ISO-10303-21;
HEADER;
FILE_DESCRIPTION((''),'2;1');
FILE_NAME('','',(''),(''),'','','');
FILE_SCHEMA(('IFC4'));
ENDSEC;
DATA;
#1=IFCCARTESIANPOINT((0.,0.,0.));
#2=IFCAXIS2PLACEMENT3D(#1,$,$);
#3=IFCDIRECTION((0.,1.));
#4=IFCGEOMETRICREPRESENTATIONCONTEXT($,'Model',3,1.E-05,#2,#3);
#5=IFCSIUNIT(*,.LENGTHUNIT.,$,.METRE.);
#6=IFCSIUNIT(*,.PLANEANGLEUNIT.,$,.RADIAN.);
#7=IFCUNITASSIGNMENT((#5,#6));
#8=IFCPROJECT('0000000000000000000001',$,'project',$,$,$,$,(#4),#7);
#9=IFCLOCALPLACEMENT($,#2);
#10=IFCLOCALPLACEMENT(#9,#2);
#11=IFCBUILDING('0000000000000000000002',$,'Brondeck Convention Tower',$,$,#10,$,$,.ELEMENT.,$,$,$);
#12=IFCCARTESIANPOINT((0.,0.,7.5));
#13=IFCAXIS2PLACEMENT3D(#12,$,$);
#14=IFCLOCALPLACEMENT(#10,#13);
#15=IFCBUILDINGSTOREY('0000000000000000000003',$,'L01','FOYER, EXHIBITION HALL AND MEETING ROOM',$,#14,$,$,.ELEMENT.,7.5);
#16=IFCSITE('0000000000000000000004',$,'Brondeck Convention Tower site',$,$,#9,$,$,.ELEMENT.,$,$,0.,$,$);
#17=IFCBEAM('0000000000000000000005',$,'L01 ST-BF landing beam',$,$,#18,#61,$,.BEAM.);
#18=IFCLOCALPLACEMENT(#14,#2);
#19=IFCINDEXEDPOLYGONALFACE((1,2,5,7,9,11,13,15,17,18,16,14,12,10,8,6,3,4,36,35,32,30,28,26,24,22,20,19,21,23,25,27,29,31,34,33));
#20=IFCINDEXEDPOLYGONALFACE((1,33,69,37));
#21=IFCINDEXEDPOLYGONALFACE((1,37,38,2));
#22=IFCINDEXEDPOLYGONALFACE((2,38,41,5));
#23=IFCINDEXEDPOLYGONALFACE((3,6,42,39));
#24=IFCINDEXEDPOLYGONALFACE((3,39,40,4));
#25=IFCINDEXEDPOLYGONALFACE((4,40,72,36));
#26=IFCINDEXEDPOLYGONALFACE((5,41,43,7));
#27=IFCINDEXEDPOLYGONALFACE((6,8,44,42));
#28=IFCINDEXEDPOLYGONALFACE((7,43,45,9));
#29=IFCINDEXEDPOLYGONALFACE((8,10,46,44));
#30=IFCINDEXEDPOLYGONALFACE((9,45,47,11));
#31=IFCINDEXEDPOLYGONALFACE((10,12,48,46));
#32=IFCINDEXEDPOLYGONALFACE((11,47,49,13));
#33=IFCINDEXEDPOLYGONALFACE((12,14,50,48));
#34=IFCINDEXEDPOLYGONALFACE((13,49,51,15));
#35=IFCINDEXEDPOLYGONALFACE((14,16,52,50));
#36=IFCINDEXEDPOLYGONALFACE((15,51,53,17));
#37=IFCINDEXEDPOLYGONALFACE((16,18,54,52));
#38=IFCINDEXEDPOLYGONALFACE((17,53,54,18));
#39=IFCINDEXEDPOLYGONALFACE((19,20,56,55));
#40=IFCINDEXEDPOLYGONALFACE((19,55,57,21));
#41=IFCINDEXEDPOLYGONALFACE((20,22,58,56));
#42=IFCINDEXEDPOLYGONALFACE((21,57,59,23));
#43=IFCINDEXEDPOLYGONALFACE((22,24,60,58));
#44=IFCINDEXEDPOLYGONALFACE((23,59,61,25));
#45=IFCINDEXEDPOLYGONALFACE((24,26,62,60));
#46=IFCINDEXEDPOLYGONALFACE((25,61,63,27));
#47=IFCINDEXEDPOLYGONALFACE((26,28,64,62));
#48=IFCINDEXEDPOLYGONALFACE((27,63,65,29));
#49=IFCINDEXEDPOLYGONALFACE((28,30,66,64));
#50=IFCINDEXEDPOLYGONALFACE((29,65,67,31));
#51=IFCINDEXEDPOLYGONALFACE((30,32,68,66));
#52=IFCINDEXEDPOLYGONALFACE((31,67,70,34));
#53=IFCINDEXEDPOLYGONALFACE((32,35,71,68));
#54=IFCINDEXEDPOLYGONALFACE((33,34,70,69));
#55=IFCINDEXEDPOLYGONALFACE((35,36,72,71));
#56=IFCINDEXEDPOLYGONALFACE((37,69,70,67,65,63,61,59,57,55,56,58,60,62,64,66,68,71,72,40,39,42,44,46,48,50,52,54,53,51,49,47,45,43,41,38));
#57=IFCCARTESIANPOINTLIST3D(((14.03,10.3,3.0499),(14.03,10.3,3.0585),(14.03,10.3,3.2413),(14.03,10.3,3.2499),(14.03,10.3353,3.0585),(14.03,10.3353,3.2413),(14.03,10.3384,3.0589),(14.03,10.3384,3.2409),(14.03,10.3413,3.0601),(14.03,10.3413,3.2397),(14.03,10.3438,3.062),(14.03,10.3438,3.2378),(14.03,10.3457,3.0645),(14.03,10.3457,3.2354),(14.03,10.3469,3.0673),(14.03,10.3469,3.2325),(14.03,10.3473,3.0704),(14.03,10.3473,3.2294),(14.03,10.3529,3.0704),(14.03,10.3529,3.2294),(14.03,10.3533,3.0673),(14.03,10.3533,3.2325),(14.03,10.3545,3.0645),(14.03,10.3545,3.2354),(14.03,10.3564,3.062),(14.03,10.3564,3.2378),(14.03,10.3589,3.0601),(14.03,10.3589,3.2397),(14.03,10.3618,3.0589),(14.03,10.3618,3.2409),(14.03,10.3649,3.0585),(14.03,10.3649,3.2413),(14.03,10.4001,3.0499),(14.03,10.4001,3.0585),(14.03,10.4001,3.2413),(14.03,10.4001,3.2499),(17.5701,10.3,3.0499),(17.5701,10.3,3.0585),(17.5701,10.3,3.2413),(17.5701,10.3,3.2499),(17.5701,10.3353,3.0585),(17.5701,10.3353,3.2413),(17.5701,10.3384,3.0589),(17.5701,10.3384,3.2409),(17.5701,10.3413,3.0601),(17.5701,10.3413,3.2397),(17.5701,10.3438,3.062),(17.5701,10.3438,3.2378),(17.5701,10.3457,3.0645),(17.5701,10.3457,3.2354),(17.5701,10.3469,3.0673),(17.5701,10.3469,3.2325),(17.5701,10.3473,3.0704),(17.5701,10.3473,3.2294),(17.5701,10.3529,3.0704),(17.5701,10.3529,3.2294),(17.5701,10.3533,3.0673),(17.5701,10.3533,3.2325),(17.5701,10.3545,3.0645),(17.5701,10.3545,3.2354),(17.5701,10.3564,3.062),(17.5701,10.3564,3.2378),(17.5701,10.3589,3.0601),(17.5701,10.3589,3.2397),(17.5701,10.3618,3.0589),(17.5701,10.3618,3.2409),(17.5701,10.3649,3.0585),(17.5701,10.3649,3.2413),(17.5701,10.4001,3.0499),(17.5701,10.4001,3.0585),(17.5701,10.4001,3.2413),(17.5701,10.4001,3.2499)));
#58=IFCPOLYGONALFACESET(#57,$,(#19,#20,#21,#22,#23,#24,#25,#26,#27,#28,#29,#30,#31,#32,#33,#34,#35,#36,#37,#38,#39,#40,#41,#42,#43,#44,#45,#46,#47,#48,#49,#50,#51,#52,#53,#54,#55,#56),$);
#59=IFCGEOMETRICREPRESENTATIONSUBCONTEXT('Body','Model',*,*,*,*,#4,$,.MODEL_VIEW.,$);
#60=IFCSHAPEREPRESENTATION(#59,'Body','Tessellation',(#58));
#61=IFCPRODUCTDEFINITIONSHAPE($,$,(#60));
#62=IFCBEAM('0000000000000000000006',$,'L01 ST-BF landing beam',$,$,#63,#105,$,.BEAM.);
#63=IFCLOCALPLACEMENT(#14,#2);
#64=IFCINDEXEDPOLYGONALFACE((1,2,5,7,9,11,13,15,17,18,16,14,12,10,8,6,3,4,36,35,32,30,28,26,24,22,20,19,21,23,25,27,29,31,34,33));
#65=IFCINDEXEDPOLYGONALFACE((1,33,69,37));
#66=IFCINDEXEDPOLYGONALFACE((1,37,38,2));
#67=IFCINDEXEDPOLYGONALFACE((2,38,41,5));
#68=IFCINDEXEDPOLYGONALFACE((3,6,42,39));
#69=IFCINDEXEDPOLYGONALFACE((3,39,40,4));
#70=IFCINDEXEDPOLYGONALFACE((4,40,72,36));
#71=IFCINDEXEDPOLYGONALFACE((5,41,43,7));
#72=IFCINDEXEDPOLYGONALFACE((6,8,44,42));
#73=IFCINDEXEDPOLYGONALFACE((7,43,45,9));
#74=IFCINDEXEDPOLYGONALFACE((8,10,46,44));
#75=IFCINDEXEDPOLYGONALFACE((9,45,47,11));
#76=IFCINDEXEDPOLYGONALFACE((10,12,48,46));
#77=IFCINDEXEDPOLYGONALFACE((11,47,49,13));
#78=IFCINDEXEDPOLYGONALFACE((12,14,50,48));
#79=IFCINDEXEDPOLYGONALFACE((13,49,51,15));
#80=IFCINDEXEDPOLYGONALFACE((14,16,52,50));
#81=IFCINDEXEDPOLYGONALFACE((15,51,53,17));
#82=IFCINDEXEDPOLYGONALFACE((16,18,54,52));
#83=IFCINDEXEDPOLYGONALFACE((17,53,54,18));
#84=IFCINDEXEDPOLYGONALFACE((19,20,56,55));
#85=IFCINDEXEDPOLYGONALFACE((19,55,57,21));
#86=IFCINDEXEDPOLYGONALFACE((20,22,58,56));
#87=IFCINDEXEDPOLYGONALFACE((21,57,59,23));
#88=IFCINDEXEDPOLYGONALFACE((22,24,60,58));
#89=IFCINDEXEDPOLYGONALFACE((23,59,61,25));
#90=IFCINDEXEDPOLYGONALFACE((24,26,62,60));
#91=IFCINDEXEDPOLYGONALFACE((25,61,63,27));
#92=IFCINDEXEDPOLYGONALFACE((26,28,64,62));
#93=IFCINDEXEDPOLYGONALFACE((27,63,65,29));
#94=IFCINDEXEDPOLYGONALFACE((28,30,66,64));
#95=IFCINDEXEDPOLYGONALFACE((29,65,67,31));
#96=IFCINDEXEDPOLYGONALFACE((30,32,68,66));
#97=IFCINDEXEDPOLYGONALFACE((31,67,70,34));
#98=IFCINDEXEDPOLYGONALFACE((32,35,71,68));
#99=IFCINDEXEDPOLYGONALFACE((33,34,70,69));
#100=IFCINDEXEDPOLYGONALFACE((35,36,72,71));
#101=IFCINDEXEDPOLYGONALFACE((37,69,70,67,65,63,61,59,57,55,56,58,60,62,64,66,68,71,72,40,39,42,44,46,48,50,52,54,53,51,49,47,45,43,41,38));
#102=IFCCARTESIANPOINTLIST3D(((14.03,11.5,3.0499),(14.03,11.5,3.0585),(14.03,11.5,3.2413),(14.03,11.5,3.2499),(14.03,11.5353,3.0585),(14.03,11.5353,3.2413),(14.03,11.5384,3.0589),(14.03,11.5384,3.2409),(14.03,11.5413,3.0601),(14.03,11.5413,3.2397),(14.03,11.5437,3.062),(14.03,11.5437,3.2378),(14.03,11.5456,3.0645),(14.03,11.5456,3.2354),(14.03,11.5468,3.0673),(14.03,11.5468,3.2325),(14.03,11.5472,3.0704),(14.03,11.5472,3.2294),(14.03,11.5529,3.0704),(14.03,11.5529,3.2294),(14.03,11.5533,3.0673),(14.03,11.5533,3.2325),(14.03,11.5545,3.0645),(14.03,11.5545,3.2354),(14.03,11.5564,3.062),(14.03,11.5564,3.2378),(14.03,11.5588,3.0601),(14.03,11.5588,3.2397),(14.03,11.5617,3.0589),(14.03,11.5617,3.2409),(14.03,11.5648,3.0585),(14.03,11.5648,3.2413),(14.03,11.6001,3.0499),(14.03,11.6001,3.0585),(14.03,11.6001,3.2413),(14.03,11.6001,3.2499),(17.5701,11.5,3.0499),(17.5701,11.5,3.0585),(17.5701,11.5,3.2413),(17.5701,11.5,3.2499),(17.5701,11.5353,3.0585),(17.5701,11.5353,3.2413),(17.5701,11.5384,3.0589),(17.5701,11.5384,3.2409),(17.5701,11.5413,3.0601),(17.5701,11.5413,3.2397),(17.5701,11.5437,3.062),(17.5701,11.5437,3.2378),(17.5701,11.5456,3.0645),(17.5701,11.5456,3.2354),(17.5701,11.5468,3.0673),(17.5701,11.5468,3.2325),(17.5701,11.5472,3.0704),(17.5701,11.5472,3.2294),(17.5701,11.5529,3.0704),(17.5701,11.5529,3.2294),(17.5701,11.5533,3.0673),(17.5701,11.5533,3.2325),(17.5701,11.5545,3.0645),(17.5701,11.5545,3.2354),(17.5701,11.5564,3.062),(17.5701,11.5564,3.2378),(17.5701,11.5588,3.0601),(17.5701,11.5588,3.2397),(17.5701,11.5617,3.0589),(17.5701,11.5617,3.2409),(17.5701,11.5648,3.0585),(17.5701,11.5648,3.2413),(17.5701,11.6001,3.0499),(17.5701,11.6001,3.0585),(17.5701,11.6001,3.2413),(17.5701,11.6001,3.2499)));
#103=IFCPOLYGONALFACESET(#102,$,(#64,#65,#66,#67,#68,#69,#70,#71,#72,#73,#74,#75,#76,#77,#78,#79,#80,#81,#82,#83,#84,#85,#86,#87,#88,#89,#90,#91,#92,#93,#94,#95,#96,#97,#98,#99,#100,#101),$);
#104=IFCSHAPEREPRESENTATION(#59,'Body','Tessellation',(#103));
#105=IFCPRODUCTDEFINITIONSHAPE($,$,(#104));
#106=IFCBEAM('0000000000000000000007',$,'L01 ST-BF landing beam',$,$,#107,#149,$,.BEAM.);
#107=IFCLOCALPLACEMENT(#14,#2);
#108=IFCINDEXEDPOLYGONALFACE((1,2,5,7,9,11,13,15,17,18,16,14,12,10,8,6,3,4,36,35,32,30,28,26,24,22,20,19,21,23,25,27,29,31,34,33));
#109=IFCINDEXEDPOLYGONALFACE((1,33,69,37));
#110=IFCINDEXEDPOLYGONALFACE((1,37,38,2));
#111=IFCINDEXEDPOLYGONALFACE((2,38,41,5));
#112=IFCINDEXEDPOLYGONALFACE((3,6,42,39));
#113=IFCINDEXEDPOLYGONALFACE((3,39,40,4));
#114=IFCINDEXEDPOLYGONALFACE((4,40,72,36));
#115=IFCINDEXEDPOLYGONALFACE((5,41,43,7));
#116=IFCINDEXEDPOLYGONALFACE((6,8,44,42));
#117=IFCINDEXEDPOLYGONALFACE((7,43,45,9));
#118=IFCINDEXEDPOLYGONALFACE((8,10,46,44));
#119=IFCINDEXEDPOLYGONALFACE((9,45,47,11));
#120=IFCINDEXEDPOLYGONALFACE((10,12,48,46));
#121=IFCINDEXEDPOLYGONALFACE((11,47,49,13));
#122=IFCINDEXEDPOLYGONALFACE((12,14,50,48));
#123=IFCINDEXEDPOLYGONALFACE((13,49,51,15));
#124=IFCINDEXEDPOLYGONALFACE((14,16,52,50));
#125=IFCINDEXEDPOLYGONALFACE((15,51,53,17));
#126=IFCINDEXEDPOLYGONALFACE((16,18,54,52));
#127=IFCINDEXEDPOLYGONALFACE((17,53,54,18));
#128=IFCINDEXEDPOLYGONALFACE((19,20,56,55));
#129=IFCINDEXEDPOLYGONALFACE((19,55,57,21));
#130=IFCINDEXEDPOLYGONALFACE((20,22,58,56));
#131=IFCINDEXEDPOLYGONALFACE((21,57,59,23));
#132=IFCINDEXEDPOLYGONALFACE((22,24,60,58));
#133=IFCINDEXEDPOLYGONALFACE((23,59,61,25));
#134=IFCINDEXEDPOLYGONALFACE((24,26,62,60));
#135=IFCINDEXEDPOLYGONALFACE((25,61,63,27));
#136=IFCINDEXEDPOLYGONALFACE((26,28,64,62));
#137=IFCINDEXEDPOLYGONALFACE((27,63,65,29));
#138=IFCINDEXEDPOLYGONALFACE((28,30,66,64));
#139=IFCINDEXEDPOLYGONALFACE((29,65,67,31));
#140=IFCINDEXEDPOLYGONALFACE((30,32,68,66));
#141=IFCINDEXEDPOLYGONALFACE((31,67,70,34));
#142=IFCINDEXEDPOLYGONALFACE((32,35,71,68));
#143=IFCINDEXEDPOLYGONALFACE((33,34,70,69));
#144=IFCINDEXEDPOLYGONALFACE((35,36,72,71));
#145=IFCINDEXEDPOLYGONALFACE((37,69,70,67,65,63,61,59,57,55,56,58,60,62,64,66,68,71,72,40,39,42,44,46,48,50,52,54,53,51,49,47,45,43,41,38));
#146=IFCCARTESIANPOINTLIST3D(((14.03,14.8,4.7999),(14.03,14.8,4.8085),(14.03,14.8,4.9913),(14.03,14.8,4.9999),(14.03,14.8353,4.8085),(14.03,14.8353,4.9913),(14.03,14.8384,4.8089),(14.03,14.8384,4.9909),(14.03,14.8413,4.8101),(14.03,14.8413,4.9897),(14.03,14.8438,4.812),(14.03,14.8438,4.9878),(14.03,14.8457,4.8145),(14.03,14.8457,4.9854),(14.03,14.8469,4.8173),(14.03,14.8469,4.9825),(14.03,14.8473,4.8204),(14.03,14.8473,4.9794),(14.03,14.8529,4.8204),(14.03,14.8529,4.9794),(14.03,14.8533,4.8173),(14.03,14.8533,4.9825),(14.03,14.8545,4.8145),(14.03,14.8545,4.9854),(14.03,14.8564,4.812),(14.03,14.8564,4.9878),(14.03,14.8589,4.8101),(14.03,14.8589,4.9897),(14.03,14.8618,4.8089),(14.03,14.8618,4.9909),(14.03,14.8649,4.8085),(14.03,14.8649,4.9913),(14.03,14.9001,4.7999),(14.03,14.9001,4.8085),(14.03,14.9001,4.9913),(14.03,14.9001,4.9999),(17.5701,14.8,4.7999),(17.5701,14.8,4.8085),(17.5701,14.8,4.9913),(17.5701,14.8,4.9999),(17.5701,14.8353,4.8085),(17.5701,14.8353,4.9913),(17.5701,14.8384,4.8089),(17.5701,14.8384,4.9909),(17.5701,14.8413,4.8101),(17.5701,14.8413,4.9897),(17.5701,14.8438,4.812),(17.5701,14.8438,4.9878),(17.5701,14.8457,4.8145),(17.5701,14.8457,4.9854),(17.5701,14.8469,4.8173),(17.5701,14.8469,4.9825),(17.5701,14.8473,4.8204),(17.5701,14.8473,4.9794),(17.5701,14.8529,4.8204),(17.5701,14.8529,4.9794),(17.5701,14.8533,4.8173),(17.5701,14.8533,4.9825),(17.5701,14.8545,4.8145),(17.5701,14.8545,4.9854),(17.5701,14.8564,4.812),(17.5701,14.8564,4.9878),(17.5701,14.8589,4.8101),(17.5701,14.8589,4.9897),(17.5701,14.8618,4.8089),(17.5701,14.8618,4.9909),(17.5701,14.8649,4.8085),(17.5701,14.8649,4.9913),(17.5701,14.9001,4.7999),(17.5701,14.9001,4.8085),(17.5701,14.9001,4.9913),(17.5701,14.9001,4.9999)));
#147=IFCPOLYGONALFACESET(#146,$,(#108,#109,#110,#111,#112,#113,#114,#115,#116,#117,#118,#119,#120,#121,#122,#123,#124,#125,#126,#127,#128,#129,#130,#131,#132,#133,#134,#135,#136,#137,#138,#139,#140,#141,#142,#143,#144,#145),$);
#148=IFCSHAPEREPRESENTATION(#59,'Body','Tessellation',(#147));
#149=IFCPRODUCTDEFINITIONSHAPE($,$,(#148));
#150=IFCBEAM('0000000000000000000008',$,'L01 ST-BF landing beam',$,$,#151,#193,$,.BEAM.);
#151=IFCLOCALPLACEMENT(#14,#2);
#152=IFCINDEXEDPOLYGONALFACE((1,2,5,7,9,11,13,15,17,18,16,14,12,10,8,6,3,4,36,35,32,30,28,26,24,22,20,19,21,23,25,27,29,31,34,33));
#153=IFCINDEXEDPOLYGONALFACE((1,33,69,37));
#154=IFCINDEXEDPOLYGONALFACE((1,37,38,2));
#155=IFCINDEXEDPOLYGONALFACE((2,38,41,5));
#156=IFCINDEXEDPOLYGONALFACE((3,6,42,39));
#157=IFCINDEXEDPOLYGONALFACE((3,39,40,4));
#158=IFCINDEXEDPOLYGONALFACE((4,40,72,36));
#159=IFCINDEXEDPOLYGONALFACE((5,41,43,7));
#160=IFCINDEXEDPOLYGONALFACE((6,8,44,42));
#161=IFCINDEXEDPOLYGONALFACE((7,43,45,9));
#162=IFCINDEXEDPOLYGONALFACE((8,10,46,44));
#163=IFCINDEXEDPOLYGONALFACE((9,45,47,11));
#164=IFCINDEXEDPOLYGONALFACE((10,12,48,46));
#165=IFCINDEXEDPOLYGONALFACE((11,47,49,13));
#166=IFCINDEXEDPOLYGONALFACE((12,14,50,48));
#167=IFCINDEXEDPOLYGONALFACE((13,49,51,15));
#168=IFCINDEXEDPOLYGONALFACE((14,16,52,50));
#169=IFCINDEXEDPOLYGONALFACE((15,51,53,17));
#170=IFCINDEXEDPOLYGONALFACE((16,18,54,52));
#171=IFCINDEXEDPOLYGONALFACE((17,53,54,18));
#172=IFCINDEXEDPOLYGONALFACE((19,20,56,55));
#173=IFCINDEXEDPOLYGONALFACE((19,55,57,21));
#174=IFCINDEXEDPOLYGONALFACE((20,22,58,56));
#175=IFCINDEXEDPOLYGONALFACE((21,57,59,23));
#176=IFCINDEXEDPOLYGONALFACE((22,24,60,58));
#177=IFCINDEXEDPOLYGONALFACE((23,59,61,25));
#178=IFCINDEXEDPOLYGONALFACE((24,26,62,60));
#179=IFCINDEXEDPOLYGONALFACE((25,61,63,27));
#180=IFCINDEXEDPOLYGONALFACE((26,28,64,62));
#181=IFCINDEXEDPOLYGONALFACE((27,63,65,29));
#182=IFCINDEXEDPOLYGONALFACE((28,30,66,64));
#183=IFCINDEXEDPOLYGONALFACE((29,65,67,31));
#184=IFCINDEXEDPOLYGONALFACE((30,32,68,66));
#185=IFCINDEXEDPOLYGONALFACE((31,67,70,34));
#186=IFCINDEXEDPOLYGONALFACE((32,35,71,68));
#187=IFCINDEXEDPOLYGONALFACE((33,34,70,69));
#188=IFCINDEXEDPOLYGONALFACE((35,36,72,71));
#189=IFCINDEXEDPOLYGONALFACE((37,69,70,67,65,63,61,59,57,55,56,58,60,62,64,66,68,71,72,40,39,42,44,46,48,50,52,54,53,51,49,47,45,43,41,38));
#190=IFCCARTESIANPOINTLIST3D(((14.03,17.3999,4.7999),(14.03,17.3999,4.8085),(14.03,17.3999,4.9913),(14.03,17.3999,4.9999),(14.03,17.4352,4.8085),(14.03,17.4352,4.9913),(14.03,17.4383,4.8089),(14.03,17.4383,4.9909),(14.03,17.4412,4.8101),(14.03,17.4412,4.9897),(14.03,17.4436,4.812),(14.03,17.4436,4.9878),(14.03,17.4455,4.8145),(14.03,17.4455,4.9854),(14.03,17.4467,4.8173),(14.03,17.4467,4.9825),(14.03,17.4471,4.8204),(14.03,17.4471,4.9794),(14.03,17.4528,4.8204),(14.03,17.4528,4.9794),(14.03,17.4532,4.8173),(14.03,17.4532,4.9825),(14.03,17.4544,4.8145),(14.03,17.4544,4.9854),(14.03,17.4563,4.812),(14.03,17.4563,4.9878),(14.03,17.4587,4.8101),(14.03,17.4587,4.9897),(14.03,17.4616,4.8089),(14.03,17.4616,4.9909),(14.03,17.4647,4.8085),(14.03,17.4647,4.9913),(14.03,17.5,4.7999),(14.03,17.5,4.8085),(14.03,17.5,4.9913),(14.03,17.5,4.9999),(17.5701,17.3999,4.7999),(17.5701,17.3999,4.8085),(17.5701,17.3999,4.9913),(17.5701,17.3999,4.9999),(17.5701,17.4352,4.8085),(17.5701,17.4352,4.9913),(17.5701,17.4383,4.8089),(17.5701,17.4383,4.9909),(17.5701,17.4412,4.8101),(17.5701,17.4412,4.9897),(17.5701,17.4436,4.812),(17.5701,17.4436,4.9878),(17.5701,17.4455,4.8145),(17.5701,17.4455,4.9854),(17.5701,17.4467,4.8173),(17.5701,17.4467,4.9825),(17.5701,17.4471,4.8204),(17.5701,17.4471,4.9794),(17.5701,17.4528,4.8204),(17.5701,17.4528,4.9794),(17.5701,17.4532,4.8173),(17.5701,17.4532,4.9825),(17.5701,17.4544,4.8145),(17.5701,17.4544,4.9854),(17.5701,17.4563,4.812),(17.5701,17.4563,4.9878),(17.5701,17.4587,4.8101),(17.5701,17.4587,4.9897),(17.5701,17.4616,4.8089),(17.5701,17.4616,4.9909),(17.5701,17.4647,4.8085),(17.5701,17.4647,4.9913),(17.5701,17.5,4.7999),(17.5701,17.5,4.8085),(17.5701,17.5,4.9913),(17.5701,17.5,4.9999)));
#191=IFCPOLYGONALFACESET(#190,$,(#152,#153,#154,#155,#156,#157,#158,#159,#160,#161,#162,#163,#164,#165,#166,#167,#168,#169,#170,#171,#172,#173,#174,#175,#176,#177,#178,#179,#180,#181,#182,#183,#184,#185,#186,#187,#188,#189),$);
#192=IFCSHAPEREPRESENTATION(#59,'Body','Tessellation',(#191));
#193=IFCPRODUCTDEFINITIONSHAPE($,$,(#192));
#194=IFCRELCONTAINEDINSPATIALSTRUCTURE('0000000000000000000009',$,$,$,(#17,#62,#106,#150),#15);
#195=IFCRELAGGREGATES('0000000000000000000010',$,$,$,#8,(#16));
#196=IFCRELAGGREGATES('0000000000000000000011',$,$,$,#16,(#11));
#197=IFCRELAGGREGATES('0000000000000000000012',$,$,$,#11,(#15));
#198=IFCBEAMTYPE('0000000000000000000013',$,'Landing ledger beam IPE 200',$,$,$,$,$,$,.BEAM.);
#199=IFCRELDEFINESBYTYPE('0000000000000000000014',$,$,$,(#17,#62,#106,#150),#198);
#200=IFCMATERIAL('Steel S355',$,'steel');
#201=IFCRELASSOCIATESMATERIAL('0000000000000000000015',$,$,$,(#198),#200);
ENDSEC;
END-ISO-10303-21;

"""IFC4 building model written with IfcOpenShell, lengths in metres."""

from ifc_helpers import new_model, si_unit, direction, frame, origin, origin_2d, place, context, subcontext, project, spatial, i_section, extrude, material, material_profile, profile_set, type_object, element, save


model = new_model("IFC4")

# Units and contexts
model_context = context("Model", 3, precision=1e-05, world=origin(), true_north=direction((0.0, 1.0)))
body_context = subcontext(model_context, "Body", "Model", "MODEL_VIEW")
ifc_project = project(units=[si_unit("LENGTHUNIT", "METRE"), si_unit("PLANEANGLEUNIT", "RADIAN")], contexts=[model_context])

# Site, building, storey
site_placement = place(None, origin())
site = spatial("IfcSite", under=ifc_project, at=site_placement, Name="Brondeck Convention Tower site", CompositionType="ELEMENT", RefElevation=0.0)
building_placement = place(site_placement, origin())
building = spatial("IfcBuilding", under=site, at=building_placement, Name="Brondeck Convention Tower", CompositionType="ELEMENT")
storey_placement = place(building_placement, frame((0.0, 0.0, 7.5)))
storey = spatial("IfcBuildingStorey", under=building, at=storey_placement, Name="L01", Description="FOYER, EXHIBITION HALL AND MEETING ROOM", CompositionType="ELEMENT", Elevation=7.5)

# Beams
ifc_material_1 = material(Name="Steel S355", Category="steel")
ifc_material_profile_1 = material_profile(ifc_material_1, i_section(OverallWidth=0.1001, OverallDepth=0.2, WebThickness=0.0056, FlangeThickness=0.0085, FilletRadius=0.012, at=origin_2d()), Name="IPE200")
ifc_profile_set_1 = profile_set([ifc_material_profile_1], Name="Steel S355")
beam_type_1 = type_object("IfcBeamType", Name="Landing ledger beam IPE 200", PredefinedType="BEAM", material=ifc_profile_set_1)
for number, where, z_axis, x_axis, name in (
    (1, (17.5701, 10.3501, 3.1499), (-1.0, 0.0, 0.0), (0.0, -1.0, 0.0), "L01 ST-BF landing beam"),
    (2, (17.5701, 11.55, 3.1499), (-1.0, 0.0, 0.0), (0.0, -1.0, 0.0), "L01 ST-BF landing beam"),
    (3, (17.5701, 14.8501, 4.8999), (-1.0, 0.0, 0.0), (0.0, -1.0, 0.0), "L01 ST-BF landing beam"),
    (4, (17.5701, 17.45, 4.8999), (-1.0, 0.0, 0.0), (0.0, -1.0, 0.0), "L01 ST-BF landing beam"),
):
    element("IfcBeam", number, at=place(storey_placement, frame(where, z_axis=z_axis, x_axis=x_axis)), inside=storey, type_object=beam_type_1, Name=name, PredefinedType="BEAM", context=body_context, shape_type="SweptSolid", body=[
        extrude(i_section(OverallWidth=0.1001, OverallDepth=0.2, WebThickness=0.0056, FlangeThickness=0.0085, FilletRadius=0.012, at=origin_2d()), origin(), (0.0, 0.0, 1.0), 3.54),
    ])

save(model, "model.ifc")
